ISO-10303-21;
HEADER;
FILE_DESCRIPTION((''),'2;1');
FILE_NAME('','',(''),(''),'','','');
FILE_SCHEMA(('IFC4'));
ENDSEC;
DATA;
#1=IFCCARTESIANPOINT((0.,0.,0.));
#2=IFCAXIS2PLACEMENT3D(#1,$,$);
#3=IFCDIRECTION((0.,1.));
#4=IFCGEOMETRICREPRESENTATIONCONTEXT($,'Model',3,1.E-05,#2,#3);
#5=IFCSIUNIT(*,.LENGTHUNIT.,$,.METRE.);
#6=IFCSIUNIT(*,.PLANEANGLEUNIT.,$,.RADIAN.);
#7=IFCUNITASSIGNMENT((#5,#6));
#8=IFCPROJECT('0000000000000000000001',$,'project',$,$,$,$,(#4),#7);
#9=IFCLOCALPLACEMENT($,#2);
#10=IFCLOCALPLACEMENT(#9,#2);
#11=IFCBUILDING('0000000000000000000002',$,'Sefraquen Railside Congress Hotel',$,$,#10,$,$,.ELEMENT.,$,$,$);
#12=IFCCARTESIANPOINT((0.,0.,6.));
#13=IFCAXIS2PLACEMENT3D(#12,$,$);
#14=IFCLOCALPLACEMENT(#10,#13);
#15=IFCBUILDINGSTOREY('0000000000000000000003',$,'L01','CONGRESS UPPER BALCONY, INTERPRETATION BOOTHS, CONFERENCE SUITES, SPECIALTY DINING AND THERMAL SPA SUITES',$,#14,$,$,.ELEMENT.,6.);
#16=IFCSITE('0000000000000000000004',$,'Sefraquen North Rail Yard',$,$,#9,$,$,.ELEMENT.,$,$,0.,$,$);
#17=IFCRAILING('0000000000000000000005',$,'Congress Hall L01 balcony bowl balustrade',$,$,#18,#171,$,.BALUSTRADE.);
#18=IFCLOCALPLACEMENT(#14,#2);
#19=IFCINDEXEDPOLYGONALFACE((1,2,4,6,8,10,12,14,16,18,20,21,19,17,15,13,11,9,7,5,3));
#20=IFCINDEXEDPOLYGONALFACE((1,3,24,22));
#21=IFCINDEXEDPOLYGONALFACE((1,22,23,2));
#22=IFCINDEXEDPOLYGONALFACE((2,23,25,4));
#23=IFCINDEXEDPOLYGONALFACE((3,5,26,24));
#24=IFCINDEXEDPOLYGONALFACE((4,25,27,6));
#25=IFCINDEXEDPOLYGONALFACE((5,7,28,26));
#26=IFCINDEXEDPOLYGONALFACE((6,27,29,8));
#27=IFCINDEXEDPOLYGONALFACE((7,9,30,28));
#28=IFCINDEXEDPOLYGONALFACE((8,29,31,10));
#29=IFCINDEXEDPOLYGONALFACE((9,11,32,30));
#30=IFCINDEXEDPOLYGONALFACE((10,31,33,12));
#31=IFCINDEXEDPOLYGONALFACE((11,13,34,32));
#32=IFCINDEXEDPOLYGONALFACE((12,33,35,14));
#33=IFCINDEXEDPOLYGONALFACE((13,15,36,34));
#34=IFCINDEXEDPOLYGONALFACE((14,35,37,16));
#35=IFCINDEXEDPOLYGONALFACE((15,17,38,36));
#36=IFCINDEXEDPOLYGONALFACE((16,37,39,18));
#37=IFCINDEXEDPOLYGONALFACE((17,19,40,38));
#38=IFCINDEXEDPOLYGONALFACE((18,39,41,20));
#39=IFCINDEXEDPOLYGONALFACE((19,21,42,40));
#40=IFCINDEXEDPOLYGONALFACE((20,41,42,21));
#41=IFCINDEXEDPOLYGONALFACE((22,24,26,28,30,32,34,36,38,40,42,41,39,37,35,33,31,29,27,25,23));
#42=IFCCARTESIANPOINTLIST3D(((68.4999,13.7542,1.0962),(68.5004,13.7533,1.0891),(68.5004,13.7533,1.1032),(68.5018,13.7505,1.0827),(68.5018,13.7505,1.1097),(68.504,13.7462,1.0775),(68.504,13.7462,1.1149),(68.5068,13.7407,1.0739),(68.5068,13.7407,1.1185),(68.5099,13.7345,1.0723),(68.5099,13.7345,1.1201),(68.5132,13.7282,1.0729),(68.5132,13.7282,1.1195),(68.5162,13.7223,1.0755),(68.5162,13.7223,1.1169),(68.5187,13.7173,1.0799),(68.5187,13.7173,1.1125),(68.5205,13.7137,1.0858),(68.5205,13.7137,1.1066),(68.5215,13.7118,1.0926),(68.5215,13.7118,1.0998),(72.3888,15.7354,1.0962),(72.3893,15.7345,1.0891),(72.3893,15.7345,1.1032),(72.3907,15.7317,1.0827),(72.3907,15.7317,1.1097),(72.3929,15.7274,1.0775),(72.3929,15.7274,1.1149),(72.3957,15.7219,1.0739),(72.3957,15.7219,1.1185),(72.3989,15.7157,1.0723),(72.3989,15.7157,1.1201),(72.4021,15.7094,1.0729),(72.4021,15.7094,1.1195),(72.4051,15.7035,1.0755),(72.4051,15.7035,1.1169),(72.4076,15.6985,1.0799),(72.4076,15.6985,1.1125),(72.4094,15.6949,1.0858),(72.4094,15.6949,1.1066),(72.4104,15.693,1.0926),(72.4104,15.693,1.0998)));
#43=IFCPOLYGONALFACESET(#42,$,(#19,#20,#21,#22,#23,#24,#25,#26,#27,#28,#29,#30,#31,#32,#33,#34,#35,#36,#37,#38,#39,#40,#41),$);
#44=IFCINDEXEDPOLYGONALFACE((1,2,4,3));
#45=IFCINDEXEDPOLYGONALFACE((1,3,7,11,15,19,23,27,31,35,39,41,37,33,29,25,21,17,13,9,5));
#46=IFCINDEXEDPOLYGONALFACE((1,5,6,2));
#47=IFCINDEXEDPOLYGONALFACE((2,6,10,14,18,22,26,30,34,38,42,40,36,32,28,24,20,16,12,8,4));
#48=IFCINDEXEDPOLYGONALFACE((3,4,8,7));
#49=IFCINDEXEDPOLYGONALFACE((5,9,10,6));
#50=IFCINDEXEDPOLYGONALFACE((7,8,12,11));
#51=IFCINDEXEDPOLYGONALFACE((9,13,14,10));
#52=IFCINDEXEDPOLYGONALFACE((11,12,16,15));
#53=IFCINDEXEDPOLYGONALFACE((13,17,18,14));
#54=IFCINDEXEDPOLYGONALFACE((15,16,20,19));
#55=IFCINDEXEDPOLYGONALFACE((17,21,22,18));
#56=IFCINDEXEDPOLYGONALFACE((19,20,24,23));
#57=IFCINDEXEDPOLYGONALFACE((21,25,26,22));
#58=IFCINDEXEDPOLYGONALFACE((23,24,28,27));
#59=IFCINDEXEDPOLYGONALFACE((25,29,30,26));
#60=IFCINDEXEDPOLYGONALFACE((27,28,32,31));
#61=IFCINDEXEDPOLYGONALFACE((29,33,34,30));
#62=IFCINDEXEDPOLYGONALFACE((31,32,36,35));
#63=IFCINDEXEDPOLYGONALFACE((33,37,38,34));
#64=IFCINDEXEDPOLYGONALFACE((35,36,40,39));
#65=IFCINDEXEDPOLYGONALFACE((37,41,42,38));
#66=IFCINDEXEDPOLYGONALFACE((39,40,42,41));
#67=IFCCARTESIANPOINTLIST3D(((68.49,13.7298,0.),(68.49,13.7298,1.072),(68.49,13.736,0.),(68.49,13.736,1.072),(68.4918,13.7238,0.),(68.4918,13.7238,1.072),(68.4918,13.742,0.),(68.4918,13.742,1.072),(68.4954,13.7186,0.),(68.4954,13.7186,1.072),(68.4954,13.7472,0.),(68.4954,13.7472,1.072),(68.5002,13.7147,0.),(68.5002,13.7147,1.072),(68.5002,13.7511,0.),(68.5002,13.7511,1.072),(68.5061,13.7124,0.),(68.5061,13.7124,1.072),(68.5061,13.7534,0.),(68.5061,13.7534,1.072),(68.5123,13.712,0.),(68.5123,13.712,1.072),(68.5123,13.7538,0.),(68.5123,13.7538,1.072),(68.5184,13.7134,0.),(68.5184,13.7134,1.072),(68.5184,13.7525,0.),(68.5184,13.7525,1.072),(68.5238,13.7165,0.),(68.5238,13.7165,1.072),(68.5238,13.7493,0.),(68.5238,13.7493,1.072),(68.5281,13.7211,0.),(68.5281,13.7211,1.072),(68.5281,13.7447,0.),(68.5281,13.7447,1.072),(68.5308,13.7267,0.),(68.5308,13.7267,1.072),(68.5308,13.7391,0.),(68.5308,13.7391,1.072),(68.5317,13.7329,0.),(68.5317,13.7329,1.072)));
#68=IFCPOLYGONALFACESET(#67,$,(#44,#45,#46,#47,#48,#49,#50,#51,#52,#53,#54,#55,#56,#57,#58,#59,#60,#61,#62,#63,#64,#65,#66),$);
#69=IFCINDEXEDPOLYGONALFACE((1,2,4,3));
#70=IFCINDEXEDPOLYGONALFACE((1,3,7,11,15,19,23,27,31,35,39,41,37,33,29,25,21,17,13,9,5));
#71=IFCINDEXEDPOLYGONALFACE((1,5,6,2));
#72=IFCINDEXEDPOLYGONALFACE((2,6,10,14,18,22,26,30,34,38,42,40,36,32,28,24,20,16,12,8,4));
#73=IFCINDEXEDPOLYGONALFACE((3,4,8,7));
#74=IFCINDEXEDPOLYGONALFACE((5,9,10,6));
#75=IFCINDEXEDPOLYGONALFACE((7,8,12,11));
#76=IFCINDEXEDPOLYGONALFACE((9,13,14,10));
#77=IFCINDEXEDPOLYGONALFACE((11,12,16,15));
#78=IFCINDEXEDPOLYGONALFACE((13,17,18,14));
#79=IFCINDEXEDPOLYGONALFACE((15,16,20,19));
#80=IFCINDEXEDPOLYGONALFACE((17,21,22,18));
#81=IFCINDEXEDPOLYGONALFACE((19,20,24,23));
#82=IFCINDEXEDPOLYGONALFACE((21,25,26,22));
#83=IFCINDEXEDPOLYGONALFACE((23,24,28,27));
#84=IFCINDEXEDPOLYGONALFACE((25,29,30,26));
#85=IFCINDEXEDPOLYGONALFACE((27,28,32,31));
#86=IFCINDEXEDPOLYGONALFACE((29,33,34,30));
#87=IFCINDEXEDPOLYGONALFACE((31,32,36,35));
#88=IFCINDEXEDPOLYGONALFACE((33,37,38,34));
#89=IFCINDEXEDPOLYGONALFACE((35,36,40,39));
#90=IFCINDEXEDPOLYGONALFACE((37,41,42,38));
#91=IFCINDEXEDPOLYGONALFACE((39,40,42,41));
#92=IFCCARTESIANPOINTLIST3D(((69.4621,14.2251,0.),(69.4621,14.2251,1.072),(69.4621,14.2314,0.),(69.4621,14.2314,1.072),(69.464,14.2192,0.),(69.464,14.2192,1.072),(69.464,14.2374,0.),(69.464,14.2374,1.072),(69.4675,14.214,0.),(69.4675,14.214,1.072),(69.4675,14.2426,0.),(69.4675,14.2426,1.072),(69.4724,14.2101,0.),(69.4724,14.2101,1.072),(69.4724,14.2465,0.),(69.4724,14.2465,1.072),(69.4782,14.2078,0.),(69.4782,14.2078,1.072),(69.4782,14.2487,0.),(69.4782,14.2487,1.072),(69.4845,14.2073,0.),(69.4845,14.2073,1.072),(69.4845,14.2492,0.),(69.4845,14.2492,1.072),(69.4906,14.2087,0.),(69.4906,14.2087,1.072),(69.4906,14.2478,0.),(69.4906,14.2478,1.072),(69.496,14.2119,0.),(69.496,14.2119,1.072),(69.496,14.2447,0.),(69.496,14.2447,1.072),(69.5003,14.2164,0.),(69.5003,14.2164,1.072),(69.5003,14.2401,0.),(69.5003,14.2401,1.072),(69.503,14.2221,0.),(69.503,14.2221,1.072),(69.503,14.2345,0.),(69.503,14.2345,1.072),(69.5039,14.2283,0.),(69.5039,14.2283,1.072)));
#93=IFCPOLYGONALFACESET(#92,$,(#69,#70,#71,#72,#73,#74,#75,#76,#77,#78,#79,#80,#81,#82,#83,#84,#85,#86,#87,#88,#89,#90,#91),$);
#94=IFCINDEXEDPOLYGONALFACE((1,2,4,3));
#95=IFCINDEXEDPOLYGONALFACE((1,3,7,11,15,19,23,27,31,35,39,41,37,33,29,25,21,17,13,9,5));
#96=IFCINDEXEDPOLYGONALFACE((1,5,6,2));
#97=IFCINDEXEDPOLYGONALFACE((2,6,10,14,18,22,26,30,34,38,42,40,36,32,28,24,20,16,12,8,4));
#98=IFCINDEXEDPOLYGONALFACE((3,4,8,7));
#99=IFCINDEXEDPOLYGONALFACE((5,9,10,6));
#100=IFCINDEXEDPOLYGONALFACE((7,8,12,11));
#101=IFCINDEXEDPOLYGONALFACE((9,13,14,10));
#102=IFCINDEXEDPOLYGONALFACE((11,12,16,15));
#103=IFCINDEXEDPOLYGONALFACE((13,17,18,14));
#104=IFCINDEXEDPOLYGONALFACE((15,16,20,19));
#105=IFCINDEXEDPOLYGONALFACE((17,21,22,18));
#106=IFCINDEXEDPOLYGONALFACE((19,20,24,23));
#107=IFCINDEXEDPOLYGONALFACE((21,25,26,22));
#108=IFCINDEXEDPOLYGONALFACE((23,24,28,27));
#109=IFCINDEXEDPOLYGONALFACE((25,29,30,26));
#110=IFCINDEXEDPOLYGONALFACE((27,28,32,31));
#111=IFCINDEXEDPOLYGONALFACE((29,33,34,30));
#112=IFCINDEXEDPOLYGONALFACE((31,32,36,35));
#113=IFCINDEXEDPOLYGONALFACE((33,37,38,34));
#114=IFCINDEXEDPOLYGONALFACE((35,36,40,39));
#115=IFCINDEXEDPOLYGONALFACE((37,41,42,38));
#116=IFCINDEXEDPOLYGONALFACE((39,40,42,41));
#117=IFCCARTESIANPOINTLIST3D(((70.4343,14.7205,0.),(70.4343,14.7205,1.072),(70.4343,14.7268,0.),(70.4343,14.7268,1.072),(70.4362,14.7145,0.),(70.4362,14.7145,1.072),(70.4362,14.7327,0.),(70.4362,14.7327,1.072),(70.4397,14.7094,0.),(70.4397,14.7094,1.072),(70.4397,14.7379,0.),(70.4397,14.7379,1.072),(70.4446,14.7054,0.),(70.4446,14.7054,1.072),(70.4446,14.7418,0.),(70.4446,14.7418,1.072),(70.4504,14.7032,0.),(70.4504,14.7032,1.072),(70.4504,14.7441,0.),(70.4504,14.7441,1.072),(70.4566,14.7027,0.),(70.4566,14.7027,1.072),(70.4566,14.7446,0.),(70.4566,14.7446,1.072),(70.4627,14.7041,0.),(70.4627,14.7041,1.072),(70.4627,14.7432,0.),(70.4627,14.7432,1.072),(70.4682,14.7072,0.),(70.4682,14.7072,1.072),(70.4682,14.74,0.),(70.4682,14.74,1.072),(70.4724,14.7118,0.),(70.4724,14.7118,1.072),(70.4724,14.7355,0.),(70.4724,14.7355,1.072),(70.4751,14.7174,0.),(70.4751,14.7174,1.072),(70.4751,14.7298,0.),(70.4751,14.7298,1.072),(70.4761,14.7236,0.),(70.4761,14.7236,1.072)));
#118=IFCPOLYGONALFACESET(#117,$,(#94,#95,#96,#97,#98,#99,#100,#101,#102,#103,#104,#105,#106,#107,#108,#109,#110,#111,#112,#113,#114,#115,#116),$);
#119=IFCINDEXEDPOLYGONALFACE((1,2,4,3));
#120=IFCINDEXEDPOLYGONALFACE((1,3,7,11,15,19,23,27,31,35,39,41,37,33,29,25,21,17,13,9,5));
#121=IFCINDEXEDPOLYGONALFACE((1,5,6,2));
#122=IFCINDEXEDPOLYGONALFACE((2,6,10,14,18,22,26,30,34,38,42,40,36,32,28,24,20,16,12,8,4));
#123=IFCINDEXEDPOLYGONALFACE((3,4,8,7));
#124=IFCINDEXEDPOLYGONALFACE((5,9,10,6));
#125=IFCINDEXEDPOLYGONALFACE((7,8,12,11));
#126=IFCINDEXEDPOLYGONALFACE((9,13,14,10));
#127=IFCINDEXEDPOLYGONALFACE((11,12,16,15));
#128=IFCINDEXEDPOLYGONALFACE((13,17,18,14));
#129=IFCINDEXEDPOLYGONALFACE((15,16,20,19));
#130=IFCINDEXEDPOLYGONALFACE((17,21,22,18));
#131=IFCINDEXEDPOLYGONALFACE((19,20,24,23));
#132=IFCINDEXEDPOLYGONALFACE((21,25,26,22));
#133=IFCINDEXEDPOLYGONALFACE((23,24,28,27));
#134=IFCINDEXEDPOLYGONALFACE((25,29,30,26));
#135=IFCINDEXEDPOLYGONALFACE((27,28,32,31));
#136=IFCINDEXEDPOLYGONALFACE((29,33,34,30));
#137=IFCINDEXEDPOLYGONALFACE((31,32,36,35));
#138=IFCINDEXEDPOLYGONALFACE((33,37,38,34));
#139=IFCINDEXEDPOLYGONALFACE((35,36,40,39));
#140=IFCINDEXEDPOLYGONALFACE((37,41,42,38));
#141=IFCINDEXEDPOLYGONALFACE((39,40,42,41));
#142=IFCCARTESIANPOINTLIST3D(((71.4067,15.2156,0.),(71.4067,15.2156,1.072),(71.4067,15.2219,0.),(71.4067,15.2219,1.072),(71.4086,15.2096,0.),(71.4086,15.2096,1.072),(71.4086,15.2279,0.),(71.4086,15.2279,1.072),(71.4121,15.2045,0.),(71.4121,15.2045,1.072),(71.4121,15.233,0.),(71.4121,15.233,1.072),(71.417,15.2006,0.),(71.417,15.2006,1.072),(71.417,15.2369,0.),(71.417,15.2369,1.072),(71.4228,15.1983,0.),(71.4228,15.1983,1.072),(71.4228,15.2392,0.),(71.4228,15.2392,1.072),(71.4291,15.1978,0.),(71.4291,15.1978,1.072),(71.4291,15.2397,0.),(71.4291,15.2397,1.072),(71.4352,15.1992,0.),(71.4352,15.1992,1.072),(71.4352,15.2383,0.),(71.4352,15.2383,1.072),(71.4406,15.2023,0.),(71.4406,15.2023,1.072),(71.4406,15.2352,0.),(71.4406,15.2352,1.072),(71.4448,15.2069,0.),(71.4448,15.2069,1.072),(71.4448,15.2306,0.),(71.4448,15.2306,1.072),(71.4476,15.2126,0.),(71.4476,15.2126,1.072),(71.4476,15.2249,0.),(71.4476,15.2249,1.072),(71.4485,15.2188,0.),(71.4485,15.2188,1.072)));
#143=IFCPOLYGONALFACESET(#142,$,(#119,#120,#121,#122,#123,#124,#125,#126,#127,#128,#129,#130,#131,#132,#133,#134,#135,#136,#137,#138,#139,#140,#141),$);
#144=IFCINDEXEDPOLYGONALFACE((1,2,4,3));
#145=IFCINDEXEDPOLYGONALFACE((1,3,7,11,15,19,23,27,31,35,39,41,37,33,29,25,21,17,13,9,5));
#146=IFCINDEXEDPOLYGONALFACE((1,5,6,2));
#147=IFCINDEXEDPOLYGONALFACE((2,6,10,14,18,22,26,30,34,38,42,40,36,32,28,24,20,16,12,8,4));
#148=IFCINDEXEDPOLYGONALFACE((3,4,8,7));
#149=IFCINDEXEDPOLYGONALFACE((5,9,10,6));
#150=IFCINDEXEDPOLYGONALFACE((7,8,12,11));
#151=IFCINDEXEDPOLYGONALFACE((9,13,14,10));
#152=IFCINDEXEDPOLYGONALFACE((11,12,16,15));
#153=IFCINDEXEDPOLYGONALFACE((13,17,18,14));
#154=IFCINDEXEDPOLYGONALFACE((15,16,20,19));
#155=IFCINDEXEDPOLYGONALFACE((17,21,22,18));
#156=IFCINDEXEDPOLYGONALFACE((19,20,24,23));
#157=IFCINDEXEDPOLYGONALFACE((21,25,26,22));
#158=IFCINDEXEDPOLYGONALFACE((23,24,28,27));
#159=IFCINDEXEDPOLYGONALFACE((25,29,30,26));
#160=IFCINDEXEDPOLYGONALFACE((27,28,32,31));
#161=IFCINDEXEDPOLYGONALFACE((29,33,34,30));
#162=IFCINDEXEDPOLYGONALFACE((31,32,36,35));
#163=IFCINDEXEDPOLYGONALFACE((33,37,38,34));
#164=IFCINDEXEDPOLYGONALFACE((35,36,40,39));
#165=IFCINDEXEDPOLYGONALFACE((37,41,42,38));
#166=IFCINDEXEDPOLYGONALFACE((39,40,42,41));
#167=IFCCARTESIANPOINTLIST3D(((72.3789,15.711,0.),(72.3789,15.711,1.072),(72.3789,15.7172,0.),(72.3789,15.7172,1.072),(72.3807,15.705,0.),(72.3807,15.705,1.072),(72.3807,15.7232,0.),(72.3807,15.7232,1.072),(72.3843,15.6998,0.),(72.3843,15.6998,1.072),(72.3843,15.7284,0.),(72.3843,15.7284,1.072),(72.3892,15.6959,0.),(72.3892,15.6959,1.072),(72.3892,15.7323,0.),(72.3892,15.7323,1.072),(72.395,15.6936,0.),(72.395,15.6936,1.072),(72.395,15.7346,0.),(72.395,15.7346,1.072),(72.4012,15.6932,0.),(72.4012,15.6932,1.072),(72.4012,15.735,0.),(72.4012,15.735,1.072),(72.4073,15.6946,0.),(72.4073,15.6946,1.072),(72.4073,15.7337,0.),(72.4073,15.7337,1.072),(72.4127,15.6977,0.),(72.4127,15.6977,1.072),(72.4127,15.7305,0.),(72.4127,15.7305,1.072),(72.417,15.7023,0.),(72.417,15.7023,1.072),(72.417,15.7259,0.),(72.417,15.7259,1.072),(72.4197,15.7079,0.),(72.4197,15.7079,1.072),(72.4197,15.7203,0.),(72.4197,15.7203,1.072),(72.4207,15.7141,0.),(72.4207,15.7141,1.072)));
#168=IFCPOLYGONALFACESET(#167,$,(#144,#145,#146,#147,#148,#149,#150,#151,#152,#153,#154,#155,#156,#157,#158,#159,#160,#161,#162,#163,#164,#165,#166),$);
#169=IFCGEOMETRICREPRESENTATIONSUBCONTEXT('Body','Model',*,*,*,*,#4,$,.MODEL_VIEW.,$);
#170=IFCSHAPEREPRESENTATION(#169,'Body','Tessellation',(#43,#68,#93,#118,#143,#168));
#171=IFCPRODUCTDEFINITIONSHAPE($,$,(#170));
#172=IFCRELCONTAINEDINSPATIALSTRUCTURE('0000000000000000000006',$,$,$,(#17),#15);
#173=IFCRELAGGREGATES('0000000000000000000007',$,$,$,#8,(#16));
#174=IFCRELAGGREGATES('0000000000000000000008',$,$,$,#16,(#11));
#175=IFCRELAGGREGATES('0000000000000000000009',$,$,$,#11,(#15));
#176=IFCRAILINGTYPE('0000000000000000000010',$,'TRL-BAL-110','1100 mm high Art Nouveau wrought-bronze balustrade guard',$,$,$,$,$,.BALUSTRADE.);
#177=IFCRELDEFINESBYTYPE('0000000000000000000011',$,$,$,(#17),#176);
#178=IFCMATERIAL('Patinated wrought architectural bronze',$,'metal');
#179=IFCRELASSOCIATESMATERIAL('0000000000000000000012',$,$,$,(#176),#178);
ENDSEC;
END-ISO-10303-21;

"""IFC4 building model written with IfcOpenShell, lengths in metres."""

from ifc_helpers import new_model, si_unit, direction, frame, origin, origin_2d, place, context, subcontext, project, spatial, circle, extrude, material, type_object, element, save


model = new_model("IFC4")

# Units and contexts
model_context = context("Model", 3, precision=1e-05, world=origin(), true_north=direction((0.0, 1.0)))
body_context = subcontext(model_context, "Body", "Model", "MODEL_VIEW")
ifc_project = project(units=[si_unit("LENGTHUNIT", "METRE"), si_unit("PLANEANGLEUNIT", "RADIAN")], contexts=[model_context])

# Site, building, storey
site_placement = place(None, origin())
site = spatial("IfcSite", under=ifc_project, at=site_placement, Name="Sefraquen North Rail Yard", CompositionType="ELEMENT", RefElevation=0.0)
building_placement = place(site_placement, origin())
building = spatial("IfcBuilding", under=site, at=building_placement, Name="Sefraquen Railside Congress Hotel", CompositionType="ELEMENT")
storey_placement = place(building_placement, frame((0.0, 0.0, 6.0)))
storey = spatial("IfcBuildingStorey", under=building, at=storey_placement, Name="L01", Description="CONGRESS UPPER BALCONY, INTERPRETATION BOOTHS, CONFERENCE SUITES, SPECIALTY DINING AND THERMAL SPA SUITES", CompositionType="ELEMENT", Elevation=6.0)

# Railing
ifc_material_1 = material(Name="Patinated wrought architectural bronze", Category="metal")
railing_type = type_object("IfcRailingType", Name="TRL-BAL-110", Description="1100 mm high Art Nouveau wrought-bronze balustrade guard", PredefinedType="BALUSTRADE", material=ifc_material_1)
railing_1_placement = place(storey_placement, frame((68.5107, 13.7329, 0.0)))
element("IfcRailing", 1, at=railing_1_placement, inside=storey, type_object=railing_type, Name="Congress Hall L01 balcony bowl balustrade", PredefinedType="BALUSTRADE", context=body_context, shape_type="SweptSolid", body=[
    extrude(circle(Radius=0.0239, at=origin_2d()), frame((0.0, 0.0, 1.0962), z_axis=(0.891034, 0.453936, 0.0), x_axis=(-0.453936, 0.891034, 0.0)), (0.0, 0.0, 1.0), 4.3645),
    extrude(circle(Radius=0.021, at=origin_2d()), origin(), (0.0, 0.0, 1.0), 1.072),
    extrude(circle(Radius=0.021, at=origin_2d()), frame((0.9722, 0.4954, 0.0)), (0.0, 0.0, 1.0), 1.072),
    extrude(circle(Radius=0.021, at=origin_2d()), frame((1.9443, 0.9907, 0.0)), (0.0, 0.0, 1.0), 1.072),
    extrude(circle(Radius=0.021, at=origin_2d()), frame((2.9167, 1.4858, 0.0)), (0.0, 0.0, 1.0), 1.072),
    extrude(circle(Radius=0.021, at=origin_2d()), frame((3.8889, 1.9812, 0.0)), (0.0, 0.0, 1.0), 1.072),
])

save(model, "model.ifc")
